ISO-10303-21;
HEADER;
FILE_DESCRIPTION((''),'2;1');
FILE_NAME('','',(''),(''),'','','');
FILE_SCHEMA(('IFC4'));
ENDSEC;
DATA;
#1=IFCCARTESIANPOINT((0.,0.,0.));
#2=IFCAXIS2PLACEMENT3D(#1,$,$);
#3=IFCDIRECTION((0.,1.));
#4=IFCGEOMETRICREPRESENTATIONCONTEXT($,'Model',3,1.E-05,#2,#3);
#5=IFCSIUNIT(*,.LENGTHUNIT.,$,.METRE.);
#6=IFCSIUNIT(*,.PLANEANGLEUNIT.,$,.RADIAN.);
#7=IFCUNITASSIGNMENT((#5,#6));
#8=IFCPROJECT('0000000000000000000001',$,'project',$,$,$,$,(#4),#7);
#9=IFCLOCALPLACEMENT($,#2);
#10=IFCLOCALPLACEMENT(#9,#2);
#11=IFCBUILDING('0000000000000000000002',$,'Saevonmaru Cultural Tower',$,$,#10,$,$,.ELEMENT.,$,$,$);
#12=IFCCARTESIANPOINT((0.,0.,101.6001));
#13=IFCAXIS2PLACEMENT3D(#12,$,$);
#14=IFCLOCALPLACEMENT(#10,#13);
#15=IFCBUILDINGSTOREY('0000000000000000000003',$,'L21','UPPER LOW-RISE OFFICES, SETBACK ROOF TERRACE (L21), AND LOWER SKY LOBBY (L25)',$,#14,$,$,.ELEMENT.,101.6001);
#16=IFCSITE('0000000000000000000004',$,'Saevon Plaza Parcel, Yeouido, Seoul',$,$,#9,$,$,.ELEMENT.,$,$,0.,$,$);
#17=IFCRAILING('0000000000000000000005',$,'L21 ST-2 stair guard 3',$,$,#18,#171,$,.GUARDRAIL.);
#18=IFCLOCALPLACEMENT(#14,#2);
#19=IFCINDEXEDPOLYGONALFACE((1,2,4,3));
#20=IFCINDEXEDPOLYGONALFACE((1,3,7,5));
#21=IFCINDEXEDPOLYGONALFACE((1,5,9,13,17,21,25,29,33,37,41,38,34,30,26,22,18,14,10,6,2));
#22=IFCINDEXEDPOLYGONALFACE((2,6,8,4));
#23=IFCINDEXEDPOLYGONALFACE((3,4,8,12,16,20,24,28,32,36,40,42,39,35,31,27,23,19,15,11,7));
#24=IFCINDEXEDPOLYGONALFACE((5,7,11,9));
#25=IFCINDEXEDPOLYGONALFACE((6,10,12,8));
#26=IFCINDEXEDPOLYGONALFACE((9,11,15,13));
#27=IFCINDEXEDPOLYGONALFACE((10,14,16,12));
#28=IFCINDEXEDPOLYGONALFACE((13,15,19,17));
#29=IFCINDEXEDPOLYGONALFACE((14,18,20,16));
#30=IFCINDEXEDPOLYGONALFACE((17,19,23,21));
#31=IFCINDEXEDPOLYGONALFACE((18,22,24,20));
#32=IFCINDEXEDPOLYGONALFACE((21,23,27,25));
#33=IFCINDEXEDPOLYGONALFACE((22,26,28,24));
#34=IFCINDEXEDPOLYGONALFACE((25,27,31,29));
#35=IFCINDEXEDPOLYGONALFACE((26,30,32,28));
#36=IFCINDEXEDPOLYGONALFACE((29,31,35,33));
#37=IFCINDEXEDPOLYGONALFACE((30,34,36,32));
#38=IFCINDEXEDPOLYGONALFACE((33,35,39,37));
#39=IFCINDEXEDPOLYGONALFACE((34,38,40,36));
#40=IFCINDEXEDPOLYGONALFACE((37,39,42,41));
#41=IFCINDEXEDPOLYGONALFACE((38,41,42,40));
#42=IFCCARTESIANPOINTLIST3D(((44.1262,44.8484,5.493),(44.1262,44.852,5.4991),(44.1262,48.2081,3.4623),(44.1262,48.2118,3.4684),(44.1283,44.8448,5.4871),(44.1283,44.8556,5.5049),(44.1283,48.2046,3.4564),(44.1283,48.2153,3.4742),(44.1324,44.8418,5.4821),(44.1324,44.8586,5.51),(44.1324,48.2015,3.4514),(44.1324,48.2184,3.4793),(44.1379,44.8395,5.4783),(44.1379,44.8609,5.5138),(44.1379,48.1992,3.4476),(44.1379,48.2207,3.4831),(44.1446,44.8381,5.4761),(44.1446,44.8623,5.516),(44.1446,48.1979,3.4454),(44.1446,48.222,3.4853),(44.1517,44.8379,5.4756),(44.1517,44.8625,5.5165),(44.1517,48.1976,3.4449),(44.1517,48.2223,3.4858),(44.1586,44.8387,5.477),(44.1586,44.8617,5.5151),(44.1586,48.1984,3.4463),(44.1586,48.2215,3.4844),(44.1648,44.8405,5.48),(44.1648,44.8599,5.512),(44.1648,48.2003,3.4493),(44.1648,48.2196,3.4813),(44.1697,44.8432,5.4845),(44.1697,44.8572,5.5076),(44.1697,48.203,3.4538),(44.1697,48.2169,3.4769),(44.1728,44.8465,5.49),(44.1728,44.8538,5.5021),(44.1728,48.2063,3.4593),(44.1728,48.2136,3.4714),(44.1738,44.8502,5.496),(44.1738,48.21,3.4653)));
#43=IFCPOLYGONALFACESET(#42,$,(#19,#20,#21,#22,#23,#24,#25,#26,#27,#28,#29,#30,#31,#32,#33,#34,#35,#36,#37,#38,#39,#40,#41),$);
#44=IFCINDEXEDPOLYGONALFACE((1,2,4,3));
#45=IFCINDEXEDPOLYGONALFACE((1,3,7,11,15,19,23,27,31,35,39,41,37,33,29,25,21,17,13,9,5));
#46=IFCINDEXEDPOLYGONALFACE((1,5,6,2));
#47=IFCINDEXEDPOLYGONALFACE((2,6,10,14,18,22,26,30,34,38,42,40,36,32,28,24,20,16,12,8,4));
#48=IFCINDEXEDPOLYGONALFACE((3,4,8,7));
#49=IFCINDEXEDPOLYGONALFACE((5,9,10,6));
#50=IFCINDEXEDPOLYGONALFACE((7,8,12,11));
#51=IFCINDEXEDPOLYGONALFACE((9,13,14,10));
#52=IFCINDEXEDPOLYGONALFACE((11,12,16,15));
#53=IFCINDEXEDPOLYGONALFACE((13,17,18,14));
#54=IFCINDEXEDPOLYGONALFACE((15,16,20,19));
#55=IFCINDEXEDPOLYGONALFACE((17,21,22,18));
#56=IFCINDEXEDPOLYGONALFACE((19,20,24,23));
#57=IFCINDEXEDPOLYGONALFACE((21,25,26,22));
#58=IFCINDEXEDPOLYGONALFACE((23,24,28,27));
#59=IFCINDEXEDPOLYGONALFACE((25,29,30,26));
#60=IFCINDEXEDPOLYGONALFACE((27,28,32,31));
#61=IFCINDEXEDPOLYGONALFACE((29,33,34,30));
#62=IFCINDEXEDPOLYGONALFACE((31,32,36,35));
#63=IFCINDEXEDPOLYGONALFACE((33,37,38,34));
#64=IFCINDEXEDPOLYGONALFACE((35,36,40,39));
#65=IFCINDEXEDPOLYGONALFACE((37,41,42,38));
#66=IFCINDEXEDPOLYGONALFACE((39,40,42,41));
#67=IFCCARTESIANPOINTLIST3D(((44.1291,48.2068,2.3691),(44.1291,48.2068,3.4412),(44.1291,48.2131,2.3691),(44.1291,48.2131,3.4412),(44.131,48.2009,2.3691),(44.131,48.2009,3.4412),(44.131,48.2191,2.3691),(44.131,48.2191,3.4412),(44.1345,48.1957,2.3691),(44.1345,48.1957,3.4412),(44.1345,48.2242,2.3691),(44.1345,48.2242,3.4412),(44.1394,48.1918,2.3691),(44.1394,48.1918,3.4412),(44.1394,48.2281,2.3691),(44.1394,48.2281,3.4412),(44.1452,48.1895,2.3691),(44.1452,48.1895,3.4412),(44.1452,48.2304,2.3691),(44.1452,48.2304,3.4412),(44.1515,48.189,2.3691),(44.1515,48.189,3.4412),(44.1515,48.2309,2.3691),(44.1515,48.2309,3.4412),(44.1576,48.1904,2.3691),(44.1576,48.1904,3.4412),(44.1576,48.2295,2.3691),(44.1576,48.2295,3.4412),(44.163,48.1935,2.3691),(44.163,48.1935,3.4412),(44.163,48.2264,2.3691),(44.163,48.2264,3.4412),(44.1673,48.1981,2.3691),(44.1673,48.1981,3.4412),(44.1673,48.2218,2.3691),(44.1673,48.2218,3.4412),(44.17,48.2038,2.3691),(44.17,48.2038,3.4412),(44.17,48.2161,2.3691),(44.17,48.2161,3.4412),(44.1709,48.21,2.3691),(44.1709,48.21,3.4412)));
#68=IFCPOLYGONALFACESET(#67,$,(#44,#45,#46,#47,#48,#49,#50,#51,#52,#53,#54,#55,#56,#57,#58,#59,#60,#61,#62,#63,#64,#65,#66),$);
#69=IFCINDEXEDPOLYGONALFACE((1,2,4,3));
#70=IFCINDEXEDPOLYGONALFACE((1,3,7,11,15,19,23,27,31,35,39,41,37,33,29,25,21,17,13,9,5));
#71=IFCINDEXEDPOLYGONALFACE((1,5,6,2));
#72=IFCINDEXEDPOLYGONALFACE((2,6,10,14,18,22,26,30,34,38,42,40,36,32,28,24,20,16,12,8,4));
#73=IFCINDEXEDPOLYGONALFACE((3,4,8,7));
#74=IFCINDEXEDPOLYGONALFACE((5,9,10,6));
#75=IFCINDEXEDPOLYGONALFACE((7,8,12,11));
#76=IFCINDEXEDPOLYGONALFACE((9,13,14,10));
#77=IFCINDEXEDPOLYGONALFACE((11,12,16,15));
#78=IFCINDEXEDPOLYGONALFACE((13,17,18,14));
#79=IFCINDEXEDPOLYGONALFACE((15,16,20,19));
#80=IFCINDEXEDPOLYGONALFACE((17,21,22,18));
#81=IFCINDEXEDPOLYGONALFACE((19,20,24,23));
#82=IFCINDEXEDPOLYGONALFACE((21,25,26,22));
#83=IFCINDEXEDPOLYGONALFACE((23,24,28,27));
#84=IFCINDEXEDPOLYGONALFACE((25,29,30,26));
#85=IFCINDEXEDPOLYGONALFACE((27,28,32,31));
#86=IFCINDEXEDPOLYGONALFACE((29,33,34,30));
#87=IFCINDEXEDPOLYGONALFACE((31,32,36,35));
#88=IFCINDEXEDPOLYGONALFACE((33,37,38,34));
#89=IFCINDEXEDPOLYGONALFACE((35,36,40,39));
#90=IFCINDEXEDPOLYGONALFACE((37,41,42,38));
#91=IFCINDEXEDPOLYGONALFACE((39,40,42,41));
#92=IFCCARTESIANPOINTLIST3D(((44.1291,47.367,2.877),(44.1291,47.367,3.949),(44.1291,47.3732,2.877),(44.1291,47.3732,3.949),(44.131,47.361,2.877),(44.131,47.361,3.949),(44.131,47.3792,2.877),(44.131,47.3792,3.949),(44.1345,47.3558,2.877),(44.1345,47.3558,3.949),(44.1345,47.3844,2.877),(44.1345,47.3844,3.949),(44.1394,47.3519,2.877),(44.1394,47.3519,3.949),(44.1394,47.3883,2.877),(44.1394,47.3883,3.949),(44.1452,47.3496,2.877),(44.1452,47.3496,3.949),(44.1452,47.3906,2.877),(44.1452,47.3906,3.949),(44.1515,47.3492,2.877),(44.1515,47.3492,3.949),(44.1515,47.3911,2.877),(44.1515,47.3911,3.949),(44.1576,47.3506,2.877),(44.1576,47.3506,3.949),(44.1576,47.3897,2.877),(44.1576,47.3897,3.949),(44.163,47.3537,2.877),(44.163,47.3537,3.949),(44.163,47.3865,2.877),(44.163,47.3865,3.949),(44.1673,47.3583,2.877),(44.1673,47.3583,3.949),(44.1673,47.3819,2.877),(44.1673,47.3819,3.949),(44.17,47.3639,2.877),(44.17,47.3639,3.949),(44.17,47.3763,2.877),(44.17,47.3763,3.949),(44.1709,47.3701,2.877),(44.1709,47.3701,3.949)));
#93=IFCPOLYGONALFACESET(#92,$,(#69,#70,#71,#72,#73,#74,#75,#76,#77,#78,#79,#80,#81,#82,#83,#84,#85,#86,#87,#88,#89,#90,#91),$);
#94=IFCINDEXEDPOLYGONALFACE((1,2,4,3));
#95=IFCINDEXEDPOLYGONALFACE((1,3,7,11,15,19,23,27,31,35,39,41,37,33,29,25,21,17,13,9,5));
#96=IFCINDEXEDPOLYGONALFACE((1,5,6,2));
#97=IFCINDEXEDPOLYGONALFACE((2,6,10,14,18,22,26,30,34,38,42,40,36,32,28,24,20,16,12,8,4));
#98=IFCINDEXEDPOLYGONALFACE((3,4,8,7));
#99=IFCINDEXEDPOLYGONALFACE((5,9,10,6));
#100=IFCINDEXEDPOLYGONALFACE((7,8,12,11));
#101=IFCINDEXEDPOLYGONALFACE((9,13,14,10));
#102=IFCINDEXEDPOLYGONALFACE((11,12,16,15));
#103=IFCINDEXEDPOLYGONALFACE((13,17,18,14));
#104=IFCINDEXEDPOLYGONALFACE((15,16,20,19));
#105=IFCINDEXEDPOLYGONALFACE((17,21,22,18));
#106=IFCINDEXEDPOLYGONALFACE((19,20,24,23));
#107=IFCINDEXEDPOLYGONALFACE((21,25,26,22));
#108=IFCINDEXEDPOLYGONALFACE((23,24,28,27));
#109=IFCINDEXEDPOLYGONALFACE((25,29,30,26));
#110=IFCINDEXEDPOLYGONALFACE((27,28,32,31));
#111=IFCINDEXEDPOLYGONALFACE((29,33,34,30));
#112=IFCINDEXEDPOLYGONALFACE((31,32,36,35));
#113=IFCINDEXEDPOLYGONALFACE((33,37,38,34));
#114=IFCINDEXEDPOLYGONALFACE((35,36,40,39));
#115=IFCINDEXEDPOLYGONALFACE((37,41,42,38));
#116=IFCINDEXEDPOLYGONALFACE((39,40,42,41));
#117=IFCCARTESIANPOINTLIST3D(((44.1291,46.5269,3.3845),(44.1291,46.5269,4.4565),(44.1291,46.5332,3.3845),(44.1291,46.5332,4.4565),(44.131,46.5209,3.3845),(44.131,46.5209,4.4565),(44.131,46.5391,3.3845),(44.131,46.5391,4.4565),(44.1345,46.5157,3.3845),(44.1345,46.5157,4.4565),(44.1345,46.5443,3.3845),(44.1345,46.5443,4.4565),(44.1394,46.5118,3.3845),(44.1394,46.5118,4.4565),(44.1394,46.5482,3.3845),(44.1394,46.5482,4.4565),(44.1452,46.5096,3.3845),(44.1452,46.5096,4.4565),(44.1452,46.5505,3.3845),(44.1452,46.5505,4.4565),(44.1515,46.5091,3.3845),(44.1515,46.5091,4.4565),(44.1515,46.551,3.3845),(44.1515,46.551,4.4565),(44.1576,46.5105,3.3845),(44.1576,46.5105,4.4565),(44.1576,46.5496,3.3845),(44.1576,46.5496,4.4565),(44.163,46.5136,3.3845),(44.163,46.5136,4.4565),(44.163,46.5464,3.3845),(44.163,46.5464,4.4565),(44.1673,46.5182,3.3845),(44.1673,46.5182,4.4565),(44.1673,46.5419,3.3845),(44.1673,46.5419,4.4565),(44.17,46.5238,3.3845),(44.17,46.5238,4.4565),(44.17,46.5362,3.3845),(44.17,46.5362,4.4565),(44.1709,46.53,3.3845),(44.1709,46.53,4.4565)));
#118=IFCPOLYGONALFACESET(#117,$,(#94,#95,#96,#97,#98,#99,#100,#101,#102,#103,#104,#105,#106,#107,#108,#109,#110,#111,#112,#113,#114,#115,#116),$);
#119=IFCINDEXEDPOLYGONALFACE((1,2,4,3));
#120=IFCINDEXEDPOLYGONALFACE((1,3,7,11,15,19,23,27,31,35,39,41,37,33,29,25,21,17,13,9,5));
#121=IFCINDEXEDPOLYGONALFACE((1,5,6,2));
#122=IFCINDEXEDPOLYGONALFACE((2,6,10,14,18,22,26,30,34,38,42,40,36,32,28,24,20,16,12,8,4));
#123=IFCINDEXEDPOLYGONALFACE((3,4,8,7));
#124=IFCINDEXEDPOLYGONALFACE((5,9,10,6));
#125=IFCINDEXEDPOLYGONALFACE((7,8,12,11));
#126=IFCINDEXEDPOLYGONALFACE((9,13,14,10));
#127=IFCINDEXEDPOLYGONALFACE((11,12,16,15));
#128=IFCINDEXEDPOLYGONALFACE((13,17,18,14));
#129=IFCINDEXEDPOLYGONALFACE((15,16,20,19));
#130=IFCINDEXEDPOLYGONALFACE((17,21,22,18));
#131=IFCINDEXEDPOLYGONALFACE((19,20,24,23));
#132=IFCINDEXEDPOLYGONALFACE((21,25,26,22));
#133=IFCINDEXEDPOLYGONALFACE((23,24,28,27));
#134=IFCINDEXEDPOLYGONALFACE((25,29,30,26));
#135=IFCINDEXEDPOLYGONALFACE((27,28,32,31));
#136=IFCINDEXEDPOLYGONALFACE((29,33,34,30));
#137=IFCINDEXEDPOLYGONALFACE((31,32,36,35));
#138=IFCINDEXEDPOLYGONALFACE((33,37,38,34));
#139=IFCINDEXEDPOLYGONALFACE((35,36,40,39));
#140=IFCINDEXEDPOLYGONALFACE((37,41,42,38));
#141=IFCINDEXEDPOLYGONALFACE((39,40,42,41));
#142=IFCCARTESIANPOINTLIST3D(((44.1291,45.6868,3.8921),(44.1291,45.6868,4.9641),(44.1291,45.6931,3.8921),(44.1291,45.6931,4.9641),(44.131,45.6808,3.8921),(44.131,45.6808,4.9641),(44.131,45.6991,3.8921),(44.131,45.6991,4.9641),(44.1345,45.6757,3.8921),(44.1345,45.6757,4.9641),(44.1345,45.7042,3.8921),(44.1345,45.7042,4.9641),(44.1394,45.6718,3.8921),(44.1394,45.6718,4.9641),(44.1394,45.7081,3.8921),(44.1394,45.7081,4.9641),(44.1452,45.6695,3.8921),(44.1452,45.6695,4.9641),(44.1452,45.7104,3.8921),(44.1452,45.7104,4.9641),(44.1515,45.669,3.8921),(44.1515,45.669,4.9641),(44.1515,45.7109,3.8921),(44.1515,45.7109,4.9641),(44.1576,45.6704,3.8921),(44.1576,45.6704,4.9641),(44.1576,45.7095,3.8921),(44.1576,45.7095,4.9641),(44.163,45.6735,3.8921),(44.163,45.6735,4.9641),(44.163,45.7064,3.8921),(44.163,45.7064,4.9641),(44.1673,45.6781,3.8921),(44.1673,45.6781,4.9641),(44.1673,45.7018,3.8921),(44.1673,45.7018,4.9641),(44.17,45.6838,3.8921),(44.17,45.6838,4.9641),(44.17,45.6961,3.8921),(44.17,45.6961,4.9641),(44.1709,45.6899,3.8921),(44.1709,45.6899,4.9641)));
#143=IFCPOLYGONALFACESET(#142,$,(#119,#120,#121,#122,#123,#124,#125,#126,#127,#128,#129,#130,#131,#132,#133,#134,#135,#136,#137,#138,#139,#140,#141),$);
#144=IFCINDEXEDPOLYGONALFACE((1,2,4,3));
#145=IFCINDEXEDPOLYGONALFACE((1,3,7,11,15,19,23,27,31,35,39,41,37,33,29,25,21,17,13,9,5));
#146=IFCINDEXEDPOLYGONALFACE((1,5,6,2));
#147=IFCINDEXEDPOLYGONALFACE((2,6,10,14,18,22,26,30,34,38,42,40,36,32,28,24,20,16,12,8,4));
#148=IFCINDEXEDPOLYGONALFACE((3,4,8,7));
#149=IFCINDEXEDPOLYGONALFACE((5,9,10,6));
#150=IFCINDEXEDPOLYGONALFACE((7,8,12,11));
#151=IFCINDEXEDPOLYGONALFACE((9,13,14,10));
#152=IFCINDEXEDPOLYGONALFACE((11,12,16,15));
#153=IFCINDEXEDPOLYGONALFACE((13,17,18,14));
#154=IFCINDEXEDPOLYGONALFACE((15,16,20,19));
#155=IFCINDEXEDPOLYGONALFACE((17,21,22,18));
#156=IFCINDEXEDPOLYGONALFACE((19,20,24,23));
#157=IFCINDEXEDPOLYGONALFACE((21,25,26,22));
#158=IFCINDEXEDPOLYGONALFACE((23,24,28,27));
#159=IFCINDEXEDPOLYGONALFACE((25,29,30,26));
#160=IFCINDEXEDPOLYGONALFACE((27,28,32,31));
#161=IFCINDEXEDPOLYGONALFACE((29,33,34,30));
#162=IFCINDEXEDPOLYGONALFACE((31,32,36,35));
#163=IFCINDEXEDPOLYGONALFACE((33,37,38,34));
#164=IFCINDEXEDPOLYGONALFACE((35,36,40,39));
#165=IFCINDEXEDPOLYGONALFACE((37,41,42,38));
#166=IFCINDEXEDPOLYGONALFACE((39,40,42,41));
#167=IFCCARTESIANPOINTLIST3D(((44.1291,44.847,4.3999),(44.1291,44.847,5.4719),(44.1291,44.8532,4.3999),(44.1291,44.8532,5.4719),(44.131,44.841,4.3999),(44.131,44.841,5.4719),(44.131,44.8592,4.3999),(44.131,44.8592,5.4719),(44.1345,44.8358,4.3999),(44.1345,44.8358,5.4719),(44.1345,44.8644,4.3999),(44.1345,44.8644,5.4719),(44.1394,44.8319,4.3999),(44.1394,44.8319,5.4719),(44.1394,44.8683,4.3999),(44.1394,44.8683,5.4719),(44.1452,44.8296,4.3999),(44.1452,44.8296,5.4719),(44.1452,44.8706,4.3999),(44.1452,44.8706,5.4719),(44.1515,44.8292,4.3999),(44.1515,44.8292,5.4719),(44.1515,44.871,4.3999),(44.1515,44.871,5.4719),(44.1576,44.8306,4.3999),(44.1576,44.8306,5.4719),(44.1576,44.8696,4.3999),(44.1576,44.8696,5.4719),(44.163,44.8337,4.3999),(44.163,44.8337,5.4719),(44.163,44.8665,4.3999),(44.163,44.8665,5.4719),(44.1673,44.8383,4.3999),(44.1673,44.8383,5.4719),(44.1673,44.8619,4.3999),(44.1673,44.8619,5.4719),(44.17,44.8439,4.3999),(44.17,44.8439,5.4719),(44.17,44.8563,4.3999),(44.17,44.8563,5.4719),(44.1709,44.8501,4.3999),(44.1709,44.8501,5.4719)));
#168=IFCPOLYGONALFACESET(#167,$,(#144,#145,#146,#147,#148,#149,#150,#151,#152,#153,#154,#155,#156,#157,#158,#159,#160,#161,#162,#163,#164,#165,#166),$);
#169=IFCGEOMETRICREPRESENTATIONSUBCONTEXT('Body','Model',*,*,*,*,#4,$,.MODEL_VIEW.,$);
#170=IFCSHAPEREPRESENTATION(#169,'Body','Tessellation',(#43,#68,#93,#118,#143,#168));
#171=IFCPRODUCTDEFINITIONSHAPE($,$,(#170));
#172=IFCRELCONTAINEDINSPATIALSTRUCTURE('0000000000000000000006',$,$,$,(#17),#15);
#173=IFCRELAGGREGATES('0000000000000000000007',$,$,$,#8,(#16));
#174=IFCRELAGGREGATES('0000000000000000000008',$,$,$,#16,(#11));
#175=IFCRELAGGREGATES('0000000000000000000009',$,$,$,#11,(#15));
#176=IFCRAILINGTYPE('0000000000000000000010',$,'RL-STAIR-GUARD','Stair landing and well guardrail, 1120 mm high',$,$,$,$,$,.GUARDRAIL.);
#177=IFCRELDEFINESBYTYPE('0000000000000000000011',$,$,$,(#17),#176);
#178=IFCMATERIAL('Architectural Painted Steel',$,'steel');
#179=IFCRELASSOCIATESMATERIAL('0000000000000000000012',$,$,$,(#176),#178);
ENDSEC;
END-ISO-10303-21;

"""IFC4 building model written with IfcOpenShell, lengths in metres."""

from ifc_helpers import new_model, si_unit, direction, frame, origin, origin_2d, place, context, subcontext, project, spatial, circle, extrude, material, type_object, element, save


model = new_model("IFC4")

# Units and contexts
model_context = context("Model", 3, precision=1e-05, world=origin(), true_north=direction((0.0, 1.0)))
body_context = subcontext(model_context, "Body", "Model", "MODEL_VIEW")
ifc_project = project(units=[si_unit("LENGTHUNIT", "METRE"), si_unit("PLANEANGLEUNIT", "RADIAN")], contexts=[model_context])

# Site, building, storey
site_placement = place(None, origin())
site = spatial("IfcSite", under=ifc_project, at=site_placement, Name="Saevon Plaza Parcel, Yeouido, Seoul", CompositionType="ELEMENT", RefElevation=0.0)
building_placement = place(site_placement, origin())
building = spatial("IfcBuilding", under=site, at=building_placement, Name="Saevonmaru Cultural Tower", CompositionType="ELEMENT")
storey_placement = place(building_placement, frame((0.0, 0.0, 101.6001)))
storey = spatial("IfcBuildingStorey", under=building, at=storey_placement, Name="L21", Description="UPPER LOW-RISE OFFICES, SETBACK ROOF TERRACE (L21), AND LOWER SKY LOBBY (L25)", CompositionType="ELEMENT", Elevation=101.6001)

# Railing
ifc_material_1 = material(Name="Architectural Painted Steel", Category="steel")
railing_type_1 = type_object("IfcRailingType", Name="RL-STAIR-GUARD", Description="Stair landing and well guardrail, 1120 mm high", PredefinedType="GUARDRAIL", material=ifc_material_1)
railing_1_placement = place(storey_placement, frame((44.1499, 48.21, 2.3691)))
element("IfcRailing", 1, at=railing_1_placement, inside=storey, type_object=railing_type_1, Name="L21 ST-2 stair guard 3", PredefinedType="GUARDRAIL", context=body_context, shape_type="SweptSolid", body=[
    extrude(circle(Radius=0.0239, at=origin_2d()), frame((0.0, 0.0, 1.0962), z_axis=(0.0, -0.85582, 0.517273), x_axis=(1.0, 0.0, 0.0)), (0.0, 0.0, 1.0), 3.9258),
    extrude(circle(Radius=0.021, at=origin_2d()), origin(), (0.0, 0.0, 1.0), 1.072),
    extrude(circle(Radius=0.021, at=origin_2d()), frame((0.0, -0.8398, 0.5078)), (0.0, 0.0, 1.0), 1.072),
    extrude(circle(Radius=0.021, at=origin_2d()), frame((0.0, -1.6799, 1.0154)), (0.0, 0.0, 1.0), 1.072),
    extrude(circle(Radius=0.021, at=origin_2d()), frame((0.0, -2.52, 1.5229)), (0.0, 0.0, 1.0), 1.072),
    extrude(circle(Radius=0.021, at=origin_2d()), frame((0.0, -3.3599, 2.0308)), (0.0, 0.0, 1.0), 1.072),
])

save(model, "model.ifc")
